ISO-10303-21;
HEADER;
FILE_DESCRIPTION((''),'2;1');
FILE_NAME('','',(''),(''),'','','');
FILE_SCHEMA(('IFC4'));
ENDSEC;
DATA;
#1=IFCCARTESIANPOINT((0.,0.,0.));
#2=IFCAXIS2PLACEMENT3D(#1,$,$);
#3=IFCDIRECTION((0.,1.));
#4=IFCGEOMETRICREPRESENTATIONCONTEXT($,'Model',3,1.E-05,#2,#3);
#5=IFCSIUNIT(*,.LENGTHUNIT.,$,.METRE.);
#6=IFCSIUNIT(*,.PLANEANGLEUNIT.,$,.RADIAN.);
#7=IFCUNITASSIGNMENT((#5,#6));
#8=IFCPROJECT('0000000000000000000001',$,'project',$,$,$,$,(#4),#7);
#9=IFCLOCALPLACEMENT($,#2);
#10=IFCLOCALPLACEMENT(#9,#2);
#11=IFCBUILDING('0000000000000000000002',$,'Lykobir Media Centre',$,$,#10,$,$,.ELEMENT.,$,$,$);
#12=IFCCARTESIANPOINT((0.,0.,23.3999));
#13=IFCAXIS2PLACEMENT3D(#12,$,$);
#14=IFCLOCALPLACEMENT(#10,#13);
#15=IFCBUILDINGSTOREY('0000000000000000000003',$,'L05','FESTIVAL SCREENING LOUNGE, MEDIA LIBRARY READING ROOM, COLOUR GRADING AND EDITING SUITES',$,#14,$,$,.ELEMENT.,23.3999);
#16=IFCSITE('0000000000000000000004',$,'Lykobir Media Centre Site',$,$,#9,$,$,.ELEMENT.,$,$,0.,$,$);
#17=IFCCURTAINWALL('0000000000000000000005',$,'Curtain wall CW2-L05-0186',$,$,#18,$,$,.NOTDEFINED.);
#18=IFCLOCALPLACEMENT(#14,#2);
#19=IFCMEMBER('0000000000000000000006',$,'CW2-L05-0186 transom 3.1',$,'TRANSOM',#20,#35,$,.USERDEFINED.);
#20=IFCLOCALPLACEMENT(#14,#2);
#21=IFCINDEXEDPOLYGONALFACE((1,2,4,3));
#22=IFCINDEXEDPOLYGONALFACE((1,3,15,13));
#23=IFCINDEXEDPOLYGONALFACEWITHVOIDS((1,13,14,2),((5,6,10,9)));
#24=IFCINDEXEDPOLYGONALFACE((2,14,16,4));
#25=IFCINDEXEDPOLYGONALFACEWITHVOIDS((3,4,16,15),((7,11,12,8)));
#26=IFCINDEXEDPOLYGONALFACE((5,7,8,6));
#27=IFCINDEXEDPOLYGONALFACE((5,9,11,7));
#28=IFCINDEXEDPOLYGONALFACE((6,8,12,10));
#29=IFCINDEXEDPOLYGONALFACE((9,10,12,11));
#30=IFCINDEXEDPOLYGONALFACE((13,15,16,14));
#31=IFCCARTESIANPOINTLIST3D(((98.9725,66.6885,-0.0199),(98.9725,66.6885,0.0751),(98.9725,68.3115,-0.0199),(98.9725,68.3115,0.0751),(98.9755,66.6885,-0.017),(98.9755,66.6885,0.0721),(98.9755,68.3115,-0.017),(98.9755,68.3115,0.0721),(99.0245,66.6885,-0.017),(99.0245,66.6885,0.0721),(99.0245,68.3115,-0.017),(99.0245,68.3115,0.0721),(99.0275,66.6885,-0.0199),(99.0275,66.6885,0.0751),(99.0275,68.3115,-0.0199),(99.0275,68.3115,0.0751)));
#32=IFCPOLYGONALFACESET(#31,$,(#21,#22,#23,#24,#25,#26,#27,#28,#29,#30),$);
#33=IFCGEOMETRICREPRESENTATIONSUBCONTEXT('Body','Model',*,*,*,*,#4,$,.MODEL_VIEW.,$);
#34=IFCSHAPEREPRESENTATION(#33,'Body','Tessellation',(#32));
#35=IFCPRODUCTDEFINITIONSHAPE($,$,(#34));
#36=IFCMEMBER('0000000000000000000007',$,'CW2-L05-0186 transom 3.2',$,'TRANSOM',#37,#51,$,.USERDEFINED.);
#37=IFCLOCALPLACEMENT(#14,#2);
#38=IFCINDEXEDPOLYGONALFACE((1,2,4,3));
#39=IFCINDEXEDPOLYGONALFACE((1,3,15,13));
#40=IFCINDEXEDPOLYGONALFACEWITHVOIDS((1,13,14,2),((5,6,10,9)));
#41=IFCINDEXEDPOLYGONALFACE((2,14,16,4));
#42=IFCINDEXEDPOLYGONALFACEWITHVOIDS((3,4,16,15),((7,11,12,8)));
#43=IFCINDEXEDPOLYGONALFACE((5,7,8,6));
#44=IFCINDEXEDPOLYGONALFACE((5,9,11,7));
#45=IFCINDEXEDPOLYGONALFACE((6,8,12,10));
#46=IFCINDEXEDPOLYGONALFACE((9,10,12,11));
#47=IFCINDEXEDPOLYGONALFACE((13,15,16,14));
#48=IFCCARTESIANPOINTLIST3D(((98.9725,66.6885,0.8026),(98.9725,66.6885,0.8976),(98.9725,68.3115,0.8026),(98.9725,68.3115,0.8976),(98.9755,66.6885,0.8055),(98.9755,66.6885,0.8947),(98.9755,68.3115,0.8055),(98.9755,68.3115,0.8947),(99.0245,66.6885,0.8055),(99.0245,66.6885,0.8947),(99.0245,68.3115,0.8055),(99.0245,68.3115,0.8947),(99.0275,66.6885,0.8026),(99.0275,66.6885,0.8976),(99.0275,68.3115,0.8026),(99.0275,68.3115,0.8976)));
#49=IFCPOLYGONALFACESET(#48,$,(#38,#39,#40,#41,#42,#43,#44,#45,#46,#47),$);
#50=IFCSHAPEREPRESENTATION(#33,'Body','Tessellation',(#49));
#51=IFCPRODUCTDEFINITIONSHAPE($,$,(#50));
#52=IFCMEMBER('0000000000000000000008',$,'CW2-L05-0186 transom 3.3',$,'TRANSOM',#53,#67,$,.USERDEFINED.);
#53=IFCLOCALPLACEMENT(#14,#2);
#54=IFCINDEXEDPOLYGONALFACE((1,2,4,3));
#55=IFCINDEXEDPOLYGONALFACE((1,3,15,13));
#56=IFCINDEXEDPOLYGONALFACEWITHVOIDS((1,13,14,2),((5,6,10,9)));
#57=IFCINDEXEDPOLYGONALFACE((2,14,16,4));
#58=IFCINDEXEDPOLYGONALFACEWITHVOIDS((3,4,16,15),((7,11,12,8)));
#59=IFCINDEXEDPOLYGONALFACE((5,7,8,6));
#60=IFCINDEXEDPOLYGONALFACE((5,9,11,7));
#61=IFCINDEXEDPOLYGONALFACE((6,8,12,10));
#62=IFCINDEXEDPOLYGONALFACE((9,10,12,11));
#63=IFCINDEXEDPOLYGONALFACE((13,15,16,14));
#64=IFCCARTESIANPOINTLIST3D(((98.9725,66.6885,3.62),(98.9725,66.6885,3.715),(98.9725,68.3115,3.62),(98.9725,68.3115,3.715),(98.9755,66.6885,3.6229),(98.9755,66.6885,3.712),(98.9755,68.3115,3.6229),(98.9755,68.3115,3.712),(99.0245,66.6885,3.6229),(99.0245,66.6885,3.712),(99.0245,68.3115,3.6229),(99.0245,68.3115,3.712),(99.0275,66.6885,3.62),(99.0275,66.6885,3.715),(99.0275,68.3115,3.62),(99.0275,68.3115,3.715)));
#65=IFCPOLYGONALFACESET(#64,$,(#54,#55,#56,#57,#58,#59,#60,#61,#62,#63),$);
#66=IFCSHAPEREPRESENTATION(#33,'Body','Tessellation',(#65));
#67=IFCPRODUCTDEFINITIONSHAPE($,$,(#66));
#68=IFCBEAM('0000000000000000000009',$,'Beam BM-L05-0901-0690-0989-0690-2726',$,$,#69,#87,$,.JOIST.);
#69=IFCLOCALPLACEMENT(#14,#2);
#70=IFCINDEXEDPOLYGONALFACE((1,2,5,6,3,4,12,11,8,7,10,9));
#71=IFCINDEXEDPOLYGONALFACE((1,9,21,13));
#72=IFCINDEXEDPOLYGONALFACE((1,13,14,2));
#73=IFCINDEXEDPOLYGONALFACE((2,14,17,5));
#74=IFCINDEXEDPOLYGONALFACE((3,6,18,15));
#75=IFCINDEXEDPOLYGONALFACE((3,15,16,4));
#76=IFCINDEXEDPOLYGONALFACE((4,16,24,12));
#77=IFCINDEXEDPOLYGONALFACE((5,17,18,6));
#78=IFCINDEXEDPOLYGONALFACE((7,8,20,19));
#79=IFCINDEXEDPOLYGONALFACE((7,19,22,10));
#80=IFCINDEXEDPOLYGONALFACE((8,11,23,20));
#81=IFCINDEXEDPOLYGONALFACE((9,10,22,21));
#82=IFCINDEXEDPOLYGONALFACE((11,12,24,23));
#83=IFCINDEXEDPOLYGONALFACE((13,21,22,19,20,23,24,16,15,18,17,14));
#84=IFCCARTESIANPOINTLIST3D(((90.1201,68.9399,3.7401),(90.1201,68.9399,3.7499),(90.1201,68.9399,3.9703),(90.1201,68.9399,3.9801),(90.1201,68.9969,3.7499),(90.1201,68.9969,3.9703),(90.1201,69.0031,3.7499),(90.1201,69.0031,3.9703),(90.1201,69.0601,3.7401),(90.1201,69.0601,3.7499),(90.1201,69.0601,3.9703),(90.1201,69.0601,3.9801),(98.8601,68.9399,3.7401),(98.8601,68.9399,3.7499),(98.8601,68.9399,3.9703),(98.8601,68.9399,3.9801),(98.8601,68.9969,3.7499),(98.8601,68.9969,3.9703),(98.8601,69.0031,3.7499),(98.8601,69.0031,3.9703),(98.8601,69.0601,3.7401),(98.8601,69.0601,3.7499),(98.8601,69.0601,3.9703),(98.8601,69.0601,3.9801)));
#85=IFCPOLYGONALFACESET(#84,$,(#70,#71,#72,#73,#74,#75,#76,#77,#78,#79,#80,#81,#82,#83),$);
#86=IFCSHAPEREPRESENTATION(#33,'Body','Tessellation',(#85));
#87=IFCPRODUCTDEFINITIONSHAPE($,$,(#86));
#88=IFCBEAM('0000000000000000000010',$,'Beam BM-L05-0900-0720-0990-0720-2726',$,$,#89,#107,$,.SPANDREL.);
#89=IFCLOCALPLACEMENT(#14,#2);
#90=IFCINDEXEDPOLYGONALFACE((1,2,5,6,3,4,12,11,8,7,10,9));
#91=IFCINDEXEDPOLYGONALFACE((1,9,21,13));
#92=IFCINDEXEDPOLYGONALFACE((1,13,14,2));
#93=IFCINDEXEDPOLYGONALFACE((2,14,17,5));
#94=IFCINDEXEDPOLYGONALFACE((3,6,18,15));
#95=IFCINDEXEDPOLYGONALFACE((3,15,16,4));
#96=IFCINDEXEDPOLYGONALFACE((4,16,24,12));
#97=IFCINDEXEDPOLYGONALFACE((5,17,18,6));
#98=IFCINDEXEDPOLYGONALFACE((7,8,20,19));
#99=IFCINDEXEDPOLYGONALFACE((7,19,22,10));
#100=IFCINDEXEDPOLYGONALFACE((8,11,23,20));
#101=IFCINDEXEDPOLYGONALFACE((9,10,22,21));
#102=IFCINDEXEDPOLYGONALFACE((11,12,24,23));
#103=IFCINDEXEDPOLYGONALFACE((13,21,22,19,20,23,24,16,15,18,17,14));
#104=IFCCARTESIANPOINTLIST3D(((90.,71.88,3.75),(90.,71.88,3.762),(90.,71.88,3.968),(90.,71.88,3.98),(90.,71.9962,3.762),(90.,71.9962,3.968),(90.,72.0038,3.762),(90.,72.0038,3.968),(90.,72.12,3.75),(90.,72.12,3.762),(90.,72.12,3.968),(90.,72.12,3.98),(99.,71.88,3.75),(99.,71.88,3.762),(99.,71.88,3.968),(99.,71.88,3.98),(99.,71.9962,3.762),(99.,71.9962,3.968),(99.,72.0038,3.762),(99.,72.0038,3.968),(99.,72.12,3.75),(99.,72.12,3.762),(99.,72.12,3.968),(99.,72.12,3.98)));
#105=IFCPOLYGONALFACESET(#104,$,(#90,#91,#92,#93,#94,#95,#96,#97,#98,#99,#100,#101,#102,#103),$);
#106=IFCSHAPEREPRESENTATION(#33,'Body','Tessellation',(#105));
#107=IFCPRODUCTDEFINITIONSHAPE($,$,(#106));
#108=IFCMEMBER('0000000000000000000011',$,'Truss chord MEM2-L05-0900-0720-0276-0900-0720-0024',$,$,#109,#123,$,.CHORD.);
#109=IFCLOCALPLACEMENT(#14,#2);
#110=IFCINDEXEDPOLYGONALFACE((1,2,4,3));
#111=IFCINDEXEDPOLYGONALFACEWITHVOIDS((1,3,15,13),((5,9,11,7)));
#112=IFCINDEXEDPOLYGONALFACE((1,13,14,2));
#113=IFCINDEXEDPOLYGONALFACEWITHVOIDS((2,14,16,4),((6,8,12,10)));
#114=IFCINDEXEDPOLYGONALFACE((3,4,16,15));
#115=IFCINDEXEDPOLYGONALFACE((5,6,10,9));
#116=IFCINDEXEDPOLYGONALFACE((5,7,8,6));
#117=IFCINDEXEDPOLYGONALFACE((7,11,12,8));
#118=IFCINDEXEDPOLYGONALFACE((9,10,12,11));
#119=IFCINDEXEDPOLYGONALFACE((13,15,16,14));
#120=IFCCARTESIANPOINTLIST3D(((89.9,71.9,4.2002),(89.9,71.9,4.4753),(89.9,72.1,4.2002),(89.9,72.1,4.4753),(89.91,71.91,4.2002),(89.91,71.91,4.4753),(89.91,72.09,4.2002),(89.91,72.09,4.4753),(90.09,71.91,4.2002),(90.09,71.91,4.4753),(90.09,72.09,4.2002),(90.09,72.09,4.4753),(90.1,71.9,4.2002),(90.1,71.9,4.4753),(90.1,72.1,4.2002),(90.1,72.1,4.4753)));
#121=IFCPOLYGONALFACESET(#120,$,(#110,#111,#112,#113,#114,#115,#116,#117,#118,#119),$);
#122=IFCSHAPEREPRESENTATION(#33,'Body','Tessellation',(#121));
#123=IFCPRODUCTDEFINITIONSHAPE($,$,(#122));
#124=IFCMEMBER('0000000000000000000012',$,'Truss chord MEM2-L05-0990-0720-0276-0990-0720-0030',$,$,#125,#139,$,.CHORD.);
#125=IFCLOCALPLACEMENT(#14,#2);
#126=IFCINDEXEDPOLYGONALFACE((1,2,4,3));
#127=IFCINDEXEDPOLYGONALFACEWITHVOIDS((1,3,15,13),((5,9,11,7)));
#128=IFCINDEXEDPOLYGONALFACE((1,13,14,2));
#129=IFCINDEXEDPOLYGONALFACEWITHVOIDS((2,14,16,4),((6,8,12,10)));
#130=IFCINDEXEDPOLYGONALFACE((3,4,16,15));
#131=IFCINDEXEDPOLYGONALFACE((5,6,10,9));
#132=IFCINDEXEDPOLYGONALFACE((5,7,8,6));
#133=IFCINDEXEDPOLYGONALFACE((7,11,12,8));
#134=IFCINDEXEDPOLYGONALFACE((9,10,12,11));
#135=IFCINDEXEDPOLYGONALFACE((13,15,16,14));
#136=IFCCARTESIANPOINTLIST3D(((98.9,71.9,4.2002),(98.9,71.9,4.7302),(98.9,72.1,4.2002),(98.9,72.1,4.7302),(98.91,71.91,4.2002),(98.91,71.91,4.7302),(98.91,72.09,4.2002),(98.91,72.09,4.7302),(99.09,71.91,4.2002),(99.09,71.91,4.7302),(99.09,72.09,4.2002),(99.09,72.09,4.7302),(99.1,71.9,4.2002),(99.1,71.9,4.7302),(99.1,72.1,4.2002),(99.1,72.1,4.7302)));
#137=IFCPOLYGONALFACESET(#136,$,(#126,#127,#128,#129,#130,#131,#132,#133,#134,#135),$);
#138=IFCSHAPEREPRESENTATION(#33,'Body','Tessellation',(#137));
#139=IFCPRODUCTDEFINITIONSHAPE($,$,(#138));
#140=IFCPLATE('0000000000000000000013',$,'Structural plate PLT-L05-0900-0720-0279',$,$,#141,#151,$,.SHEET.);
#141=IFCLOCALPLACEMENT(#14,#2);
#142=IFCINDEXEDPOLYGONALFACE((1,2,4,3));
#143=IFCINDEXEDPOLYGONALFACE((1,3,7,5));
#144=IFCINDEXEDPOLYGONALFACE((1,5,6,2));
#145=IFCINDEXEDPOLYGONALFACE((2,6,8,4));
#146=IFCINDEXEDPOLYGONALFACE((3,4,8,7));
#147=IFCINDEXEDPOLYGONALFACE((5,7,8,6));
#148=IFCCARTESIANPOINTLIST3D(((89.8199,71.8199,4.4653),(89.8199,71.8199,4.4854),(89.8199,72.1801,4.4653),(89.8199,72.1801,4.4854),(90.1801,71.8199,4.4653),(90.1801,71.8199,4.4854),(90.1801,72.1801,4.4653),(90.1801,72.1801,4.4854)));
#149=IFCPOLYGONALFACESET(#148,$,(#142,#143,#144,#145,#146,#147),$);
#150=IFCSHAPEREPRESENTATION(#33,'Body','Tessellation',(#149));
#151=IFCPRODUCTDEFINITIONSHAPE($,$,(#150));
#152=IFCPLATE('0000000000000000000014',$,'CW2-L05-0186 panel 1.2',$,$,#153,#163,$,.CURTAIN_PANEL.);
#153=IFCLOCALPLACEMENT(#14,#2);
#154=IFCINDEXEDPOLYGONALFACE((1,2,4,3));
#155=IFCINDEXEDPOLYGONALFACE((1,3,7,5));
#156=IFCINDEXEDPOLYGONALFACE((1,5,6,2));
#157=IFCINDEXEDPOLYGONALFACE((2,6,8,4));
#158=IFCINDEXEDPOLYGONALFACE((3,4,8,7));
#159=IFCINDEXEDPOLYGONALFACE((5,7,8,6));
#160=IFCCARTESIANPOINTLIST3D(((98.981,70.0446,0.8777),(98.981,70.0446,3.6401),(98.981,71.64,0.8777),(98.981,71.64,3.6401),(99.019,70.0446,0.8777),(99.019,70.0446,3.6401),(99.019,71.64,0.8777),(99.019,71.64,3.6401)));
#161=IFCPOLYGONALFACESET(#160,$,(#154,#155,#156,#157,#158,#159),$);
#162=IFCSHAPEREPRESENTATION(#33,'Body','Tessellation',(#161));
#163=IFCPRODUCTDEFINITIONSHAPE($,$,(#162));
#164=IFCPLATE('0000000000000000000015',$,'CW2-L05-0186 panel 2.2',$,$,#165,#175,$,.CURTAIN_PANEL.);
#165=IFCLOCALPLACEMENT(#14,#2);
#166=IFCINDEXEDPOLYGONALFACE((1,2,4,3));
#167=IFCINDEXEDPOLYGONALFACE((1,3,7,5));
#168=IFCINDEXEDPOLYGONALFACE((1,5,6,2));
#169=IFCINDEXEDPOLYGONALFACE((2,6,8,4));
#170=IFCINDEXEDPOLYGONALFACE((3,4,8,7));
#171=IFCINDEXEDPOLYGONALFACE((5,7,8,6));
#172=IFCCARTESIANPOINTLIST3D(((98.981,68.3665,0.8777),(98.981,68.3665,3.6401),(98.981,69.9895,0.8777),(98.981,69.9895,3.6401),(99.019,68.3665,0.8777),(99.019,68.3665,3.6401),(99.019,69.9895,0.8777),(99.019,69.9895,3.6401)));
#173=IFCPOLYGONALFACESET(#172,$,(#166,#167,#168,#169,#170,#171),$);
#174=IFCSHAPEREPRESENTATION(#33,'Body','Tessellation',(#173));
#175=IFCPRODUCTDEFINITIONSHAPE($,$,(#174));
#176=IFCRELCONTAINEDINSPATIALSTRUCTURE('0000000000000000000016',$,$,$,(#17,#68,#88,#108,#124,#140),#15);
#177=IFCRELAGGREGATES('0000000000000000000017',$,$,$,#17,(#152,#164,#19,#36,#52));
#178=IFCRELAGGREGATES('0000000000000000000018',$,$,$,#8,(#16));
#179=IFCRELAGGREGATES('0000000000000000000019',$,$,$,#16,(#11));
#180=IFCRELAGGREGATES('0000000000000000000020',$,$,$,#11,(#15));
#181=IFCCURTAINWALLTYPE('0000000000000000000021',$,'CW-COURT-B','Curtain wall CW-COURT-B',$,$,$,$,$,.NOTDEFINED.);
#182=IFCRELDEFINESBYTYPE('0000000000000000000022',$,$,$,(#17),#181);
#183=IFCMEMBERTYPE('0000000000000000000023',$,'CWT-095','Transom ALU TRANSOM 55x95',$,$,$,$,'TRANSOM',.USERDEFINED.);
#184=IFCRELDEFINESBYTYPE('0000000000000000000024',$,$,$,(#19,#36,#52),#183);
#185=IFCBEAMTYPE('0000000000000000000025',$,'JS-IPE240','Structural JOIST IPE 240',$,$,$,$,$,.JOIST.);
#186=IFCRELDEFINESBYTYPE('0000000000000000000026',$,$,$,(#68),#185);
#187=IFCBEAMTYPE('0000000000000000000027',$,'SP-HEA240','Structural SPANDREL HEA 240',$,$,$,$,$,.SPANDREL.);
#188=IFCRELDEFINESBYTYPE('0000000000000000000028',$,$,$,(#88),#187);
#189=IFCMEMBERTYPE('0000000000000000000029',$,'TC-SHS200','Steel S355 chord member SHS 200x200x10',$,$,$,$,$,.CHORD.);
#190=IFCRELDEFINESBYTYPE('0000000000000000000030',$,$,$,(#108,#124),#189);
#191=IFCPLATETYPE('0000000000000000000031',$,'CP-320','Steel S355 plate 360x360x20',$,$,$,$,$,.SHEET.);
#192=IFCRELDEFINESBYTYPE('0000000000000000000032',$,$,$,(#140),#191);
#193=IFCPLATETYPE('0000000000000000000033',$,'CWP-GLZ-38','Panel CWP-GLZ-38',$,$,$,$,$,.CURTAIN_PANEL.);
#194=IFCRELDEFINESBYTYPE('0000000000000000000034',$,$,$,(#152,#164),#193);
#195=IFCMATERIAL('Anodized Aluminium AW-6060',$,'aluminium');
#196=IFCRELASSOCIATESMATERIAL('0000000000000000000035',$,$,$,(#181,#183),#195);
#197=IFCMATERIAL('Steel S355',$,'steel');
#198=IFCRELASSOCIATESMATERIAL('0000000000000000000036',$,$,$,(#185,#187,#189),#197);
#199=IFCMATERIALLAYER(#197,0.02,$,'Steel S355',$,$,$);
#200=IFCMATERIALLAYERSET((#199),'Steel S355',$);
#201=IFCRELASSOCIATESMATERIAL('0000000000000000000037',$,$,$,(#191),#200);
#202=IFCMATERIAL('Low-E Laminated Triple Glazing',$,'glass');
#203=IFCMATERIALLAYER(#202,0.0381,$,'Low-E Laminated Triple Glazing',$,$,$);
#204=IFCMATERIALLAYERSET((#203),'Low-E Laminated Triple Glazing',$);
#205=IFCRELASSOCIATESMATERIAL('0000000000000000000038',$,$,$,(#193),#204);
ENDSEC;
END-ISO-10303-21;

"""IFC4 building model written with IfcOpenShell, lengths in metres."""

from ifc_helpers import new_model, si_unit, direction, frame, origin, origin_2d, place, context, subcontext, project, spatial, rectangle, hollow_rectangle, i_section, extrude, material, layer, layer_set, material_profile, profile_set, type_object, element, aggregate, save


model = new_model("IFC4")

# Units and contexts
model_context = context("Model", 3, precision=1e-05, world=origin(), true_north=direction((0.0, 1.0)))
body_context = subcontext(model_context, "Body", "Model", "MODEL_VIEW")
ifc_project = project(units=[si_unit("LENGTHUNIT", "METRE"), si_unit("PLANEANGLEUNIT", "RADIAN")], contexts=[model_context])

# Site, building, storey
site_placement = place(None, origin())
site = spatial("IfcSite", under=ifc_project, at=site_placement, Name="Lykobir Media Centre Site", CompositionType="ELEMENT", RefElevation=0.0)
building_placement = place(site_placement, origin())
building = spatial("IfcBuilding", under=site, at=building_placement, Name="Lykobir Media Centre", CompositionType="ELEMENT")
storey_placement = place(building_placement, frame((0.0, 0.0, 23.3999)))
storey = spatial("IfcBuildingStorey", under=building, at=storey_placement, Name="L05", Description="FESTIVAL SCREENING LOUNGE, MEDIA LIBRARY READING ROOM, COLOUR GRADING AND EDITING SUITES", CompositionType="ELEMENT", Elevation=23.3999)

# Curtain wall, members
ifc_material_1 = material(Name="Anodized Aluminium AW-6060", Category="aluminium")
curtain_wall_type = type_object("IfcCurtainWallType", Name="CW-COURT-B", Description="Curtain wall CW-COURT-B", PredefinedType="NOTDEFINED", material=ifc_material_1)
curtain_wall_placement = place(storey_placement, origin())
curtain_wall = element("IfcCurtainWall", 1, at=curtain_wall_placement, inside=storey, type_object=curtain_wall_type, Name="Curtain wall CW2-L05-0186", PredefinedType="NOTDEFINED")
ifc_material_profile_1 = material_profile(ifc_material_1, hollow_rectangle(XDim=0.0549, YDim=0.095, WallThickness=0.0029, at=origin_2d()), Name="ALU TRANSOM 55x95")
ifc_profile_set_1 = profile_set([ifc_material_profile_1], Name="Anodized Aluminium AW-6060")
member_type_1 = type_object("IfcMemberType", Name="CWT-095", Description="Transom ALU TRANSOM 55x95", ElementType="TRANSOM", PredefinedType="USERDEFINED", material=ifc_profile_set_1)
member_1_placement = place(storey_placement, frame((99.0, 68.3115, 0.0276), z_axis=(0.0, -1.0, 0.0), x_axis=(1.0, 0.0, 0.0)))
member_1 = element("IfcMember", 2, at=member_1_placement, type_object=member_type_1, Name="CW2-L05-0186 transom 3.1", ObjectType="TRANSOM", PredefinedType="USERDEFINED", context=body_context, shape_type="SweptSolid", body=[
    extrude(hollow_rectangle(XDim=0.0549, YDim=0.095, WallThickness=0.0029, at=origin_2d()), origin(), (0.0, 0.0, 1.0), 1.623),
])
member_2_placement = place(storey_placement, frame((99.0, 68.3115, 0.8501), z_axis=(0.0, -1.0, 0.0), x_axis=(1.0, 0.0, 0.0)))
member_2 = element("IfcMember", 3, at=member_2_placement, type_object=member_type_1, Name="CW2-L05-0186 transom 3.2", ObjectType="TRANSOM", PredefinedType="USERDEFINED", context=body_context, shape_type="SweptSolid", body=[
    extrude(hollow_rectangle(XDim=0.0549, YDim=0.095, WallThickness=0.0029, at=origin_2d()), origin(), (0.0, 0.0, 1.0), 1.623),
])
member_3_placement = place(storey_placement, frame((99.0, 68.3115, 3.6675), z_axis=(0.0, -1.0, 0.0), x_axis=(1.0, 0.0, 0.0)))
member_3 = element("IfcMember", 4, at=member_3_placement, type_object=member_type_1, Name="CW2-L05-0186 transom 3.3", ObjectType="TRANSOM", PredefinedType="USERDEFINED", context=body_context, shape_type="SweptSolid", body=[
    extrude(hollow_rectangle(XDim=0.0549, YDim=0.095, WallThickness=0.0029, at=origin_2d()), origin(), (0.0, 0.0, 1.0), 1.623),
])

# Beams
ifc_material_2 = material(Name="Steel S355", Category="steel")
ifc_material_profile_2 = material_profile(ifc_material_2, i_section(OverallWidth=0.1201, OverallDepth=0.24, WebThickness=0.0061, FlangeThickness=0.0098, at=origin_2d()), Name="IPE 240")
ifc_profile_set_2 = profile_set([ifc_material_profile_2], Name="Steel S355")
beam_type_1 = type_object("IfcBeamType", Name="JS-IPE240", Description="Structural JOIST IPE 240", PredefinedType="JOIST", material=ifc_profile_set_2)
beam_1_placement = place(storey_placement, frame((90.1201, 69.0, 3.8601), z_axis=(1.0, 0.0, 0.0), x_axis=(0.0, 1.0, 0.0)))
element("IfcBeam", 5, at=beam_1_placement, inside=storey, type_object=beam_type_1, Name="Beam BM-L05-0901-0690-0989-0690-2726", PredefinedType="JOIST", context=body_context, shape_type="SweptSolid", body=[
    extrude(i_section(OverallWidth=0.1201, OverallDepth=0.24, WebThickness=0.0061, FlangeThickness=0.0098, at=origin_2d()), origin(), (0.0, 0.0, 1.0), 8.74),
])
ifc_material_profile_3 = material_profile(ifc_material_2, i_section(OverallWidth=0.24, OverallDepth=0.23, WebThickness=0.0076, FlangeThickness=0.012, at=origin_2d()), Name="HEA 240")
ifc_profile_set_3 = profile_set([ifc_material_profile_3], Name="Steel S355")
beam_type_2 = type_object("IfcBeamType", Name="SP-HEA240", Description="Structural SPANDREL HEA 240", PredefinedType="SPANDREL", material=ifc_profile_set_3)
beam_2_placement = place(storey_placement, frame((90.0, 72.0, 3.865), z_axis=(1.0, 0.0, 0.0), x_axis=(0.0, 1.0, 0.0)))
element("IfcBeam", 6, at=beam_2_placement, inside=storey, type_object=beam_type_2, Name="Beam BM-L05-0900-0720-0990-0720-2726", PredefinedType="SPANDREL", context=body_context, shape_type="SweptSolid", body=[
    extrude(i_section(OverallWidth=0.24, OverallDepth=0.23, WebThickness=0.0076, FlangeThickness=0.012, at=origin_2d()), origin(), (0.0, 0.0, 1.0), 9.0),
])

# Members
ifc_material_profile_4 = material_profile(ifc_material_2, hollow_rectangle(XDim=0.2, YDim=0.2, WallThickness=0.01, at=origin_2d()), Name="SHS 200x200x10")
ifc_profile_set_4 = profile_set([ifc_material_profile_4], Name="Steel S355")
member_type_2 = type_object("IfcMemberType", Name="TC-SHS200", Description="Steel S355 chord member SHS 200x200x10", PredefinedType="CHORD", material=ifc_profile_set_4)
member_4_placement = place(storey_placement, frame((90.0, 72.0, 4.2002), z_axis=(0.0, 0.0, 1.0), x_axis=(1.0, 0.0, 0.0)))
element("IfcMember", 7, at=member_4_placement, inside=storey, type_object=member_type_2, Name="Truss chord MEM2-L05-0900-0720-0276-0900-0720-0024", PredefinedType="CHORD", context=body_context, shape_type="SweptSolid", body=[
    extrude(hollow_rectangle(XDim=0.2, YDim=0.2, WallThickness=0.01, at=origin_2d()), origin(), (0.0, 0.0, 1.0), 0.2751),
])
member_5_placement = place(storey_placement, frame((99.0, 72.0, 4.2002), z_axis=(0.0, 0.0, 1.0), x_axis=(1.0, 0.0, 0.0)))
element("IfcMember", 8, at=member_5_placement, inside=storey, type_object=member_type_2, Name="Truss chord MEM2-L05-0990-0720-0276-0990-0720-0030", PredefinedType="CHORD", context=body_context, shape_type="SweptSolid", body=[
    extrude(hollow_rectangle(XDim=0.2, YDim=0.2, WallThickness=0.01, at=origin_2d()), origin(), (0.0, 0.0, 1.0), 0.53),
])

# Plates
ifc_layer_1 = layer(ifc_material_2, 0.02, Name="Steel S355")
ifc_layer_set_1 = layer_set([ifc_layer_1], Name="Steel S355")
plate_type_1 = type_object("IfcPlateType", Name="CP-320", Description="Steel S355 plate 360x360x20", PredefinedType="SHEET", material=ifc_layer_set_1)
plate_1_placement = place(storey_placement, frame((90.0, 72.0, 4.4653), z_axis=(0.0, 0.0, 1.0), x_axis=(1.0, 0.0, 0.0)))
element("IfcPlate", 9, at=plate_1_placement, inside=storey, type_object=plate_type_1, Name="Structural plate PLT-L05-0900-0720-0279", PredefinedType="SHEET", context=body_context, shape_type="SweptSolid", body=[
    extrude(rectangle(XDim=0.3601, YDim=0.3601, at=origin_2d()), origin(), (0.0, 0.0, 1.0), 0.02),
])
ifc_material_3 = material(Name="Low-E Laminated Triple Glazing", Category="glass")
ifc_layer_2 = layer(ifc_material_3, 0.0381, Name="Low-E Laminated Triple Glazing")
ifc_layer_set_2 = layer_set([ifc_layer_2], Name="Low-E Laminated Triple Glazing")
plate_type_2 = type_object("IfcPlateType", Name="CWP-GLZ-38", Description="Panel CWP-GLZ-38", PredefinedType="CURTAIN_PANEL", material=ifc_layer_set_2)
plate_2_placement = place(storey_placement, frame((99.0, 70.8423, 0.8777), z_axis=(0.0, 0.0, 1.0), x_axis=(0.0, -1.0, 0.0)))
plate_2 = element("IfcPlate", 10, at=plate_2_placement, type_object=plate_type_2, Name="CW2-L05-0186 panel 1.2", PredefinedType="CURTAIN_PANEL", context=body_context, shape_type="SweptSolid", body=[
    extrude(rectangle(XDim=1.5955, YDim=0.0381, at=origin_2d()), origin(), (0.0, 0.0, 1.0), 2.7625),
])
plate_3_placement = place(storey_placement, frame((99.0, 69.178, 0.8777), z_axis=(0.0, 0.0, 1.0), x_axis=(0.0, -1.0, 0.0)))
plate_3 = element("IfcPlate", 11, at=plate_3_placement, type_object=plate_type_2, Name="CW2-L05-0186 panel 2.2", PredefinedType="CURTAIN_PANEL", context=body_context, shape_type="SweptSolid", body=[
    extrude(rectangle(XDim=1.623, YDim=0.0381, at=origin_2d()), origin(), (0.0, 0.0, 1.0), 2.7625),
])
aggregate(curtain_wall, [plate_2, plate_3, member_1, member_2, member_3])

save(model, "model.ifc")
